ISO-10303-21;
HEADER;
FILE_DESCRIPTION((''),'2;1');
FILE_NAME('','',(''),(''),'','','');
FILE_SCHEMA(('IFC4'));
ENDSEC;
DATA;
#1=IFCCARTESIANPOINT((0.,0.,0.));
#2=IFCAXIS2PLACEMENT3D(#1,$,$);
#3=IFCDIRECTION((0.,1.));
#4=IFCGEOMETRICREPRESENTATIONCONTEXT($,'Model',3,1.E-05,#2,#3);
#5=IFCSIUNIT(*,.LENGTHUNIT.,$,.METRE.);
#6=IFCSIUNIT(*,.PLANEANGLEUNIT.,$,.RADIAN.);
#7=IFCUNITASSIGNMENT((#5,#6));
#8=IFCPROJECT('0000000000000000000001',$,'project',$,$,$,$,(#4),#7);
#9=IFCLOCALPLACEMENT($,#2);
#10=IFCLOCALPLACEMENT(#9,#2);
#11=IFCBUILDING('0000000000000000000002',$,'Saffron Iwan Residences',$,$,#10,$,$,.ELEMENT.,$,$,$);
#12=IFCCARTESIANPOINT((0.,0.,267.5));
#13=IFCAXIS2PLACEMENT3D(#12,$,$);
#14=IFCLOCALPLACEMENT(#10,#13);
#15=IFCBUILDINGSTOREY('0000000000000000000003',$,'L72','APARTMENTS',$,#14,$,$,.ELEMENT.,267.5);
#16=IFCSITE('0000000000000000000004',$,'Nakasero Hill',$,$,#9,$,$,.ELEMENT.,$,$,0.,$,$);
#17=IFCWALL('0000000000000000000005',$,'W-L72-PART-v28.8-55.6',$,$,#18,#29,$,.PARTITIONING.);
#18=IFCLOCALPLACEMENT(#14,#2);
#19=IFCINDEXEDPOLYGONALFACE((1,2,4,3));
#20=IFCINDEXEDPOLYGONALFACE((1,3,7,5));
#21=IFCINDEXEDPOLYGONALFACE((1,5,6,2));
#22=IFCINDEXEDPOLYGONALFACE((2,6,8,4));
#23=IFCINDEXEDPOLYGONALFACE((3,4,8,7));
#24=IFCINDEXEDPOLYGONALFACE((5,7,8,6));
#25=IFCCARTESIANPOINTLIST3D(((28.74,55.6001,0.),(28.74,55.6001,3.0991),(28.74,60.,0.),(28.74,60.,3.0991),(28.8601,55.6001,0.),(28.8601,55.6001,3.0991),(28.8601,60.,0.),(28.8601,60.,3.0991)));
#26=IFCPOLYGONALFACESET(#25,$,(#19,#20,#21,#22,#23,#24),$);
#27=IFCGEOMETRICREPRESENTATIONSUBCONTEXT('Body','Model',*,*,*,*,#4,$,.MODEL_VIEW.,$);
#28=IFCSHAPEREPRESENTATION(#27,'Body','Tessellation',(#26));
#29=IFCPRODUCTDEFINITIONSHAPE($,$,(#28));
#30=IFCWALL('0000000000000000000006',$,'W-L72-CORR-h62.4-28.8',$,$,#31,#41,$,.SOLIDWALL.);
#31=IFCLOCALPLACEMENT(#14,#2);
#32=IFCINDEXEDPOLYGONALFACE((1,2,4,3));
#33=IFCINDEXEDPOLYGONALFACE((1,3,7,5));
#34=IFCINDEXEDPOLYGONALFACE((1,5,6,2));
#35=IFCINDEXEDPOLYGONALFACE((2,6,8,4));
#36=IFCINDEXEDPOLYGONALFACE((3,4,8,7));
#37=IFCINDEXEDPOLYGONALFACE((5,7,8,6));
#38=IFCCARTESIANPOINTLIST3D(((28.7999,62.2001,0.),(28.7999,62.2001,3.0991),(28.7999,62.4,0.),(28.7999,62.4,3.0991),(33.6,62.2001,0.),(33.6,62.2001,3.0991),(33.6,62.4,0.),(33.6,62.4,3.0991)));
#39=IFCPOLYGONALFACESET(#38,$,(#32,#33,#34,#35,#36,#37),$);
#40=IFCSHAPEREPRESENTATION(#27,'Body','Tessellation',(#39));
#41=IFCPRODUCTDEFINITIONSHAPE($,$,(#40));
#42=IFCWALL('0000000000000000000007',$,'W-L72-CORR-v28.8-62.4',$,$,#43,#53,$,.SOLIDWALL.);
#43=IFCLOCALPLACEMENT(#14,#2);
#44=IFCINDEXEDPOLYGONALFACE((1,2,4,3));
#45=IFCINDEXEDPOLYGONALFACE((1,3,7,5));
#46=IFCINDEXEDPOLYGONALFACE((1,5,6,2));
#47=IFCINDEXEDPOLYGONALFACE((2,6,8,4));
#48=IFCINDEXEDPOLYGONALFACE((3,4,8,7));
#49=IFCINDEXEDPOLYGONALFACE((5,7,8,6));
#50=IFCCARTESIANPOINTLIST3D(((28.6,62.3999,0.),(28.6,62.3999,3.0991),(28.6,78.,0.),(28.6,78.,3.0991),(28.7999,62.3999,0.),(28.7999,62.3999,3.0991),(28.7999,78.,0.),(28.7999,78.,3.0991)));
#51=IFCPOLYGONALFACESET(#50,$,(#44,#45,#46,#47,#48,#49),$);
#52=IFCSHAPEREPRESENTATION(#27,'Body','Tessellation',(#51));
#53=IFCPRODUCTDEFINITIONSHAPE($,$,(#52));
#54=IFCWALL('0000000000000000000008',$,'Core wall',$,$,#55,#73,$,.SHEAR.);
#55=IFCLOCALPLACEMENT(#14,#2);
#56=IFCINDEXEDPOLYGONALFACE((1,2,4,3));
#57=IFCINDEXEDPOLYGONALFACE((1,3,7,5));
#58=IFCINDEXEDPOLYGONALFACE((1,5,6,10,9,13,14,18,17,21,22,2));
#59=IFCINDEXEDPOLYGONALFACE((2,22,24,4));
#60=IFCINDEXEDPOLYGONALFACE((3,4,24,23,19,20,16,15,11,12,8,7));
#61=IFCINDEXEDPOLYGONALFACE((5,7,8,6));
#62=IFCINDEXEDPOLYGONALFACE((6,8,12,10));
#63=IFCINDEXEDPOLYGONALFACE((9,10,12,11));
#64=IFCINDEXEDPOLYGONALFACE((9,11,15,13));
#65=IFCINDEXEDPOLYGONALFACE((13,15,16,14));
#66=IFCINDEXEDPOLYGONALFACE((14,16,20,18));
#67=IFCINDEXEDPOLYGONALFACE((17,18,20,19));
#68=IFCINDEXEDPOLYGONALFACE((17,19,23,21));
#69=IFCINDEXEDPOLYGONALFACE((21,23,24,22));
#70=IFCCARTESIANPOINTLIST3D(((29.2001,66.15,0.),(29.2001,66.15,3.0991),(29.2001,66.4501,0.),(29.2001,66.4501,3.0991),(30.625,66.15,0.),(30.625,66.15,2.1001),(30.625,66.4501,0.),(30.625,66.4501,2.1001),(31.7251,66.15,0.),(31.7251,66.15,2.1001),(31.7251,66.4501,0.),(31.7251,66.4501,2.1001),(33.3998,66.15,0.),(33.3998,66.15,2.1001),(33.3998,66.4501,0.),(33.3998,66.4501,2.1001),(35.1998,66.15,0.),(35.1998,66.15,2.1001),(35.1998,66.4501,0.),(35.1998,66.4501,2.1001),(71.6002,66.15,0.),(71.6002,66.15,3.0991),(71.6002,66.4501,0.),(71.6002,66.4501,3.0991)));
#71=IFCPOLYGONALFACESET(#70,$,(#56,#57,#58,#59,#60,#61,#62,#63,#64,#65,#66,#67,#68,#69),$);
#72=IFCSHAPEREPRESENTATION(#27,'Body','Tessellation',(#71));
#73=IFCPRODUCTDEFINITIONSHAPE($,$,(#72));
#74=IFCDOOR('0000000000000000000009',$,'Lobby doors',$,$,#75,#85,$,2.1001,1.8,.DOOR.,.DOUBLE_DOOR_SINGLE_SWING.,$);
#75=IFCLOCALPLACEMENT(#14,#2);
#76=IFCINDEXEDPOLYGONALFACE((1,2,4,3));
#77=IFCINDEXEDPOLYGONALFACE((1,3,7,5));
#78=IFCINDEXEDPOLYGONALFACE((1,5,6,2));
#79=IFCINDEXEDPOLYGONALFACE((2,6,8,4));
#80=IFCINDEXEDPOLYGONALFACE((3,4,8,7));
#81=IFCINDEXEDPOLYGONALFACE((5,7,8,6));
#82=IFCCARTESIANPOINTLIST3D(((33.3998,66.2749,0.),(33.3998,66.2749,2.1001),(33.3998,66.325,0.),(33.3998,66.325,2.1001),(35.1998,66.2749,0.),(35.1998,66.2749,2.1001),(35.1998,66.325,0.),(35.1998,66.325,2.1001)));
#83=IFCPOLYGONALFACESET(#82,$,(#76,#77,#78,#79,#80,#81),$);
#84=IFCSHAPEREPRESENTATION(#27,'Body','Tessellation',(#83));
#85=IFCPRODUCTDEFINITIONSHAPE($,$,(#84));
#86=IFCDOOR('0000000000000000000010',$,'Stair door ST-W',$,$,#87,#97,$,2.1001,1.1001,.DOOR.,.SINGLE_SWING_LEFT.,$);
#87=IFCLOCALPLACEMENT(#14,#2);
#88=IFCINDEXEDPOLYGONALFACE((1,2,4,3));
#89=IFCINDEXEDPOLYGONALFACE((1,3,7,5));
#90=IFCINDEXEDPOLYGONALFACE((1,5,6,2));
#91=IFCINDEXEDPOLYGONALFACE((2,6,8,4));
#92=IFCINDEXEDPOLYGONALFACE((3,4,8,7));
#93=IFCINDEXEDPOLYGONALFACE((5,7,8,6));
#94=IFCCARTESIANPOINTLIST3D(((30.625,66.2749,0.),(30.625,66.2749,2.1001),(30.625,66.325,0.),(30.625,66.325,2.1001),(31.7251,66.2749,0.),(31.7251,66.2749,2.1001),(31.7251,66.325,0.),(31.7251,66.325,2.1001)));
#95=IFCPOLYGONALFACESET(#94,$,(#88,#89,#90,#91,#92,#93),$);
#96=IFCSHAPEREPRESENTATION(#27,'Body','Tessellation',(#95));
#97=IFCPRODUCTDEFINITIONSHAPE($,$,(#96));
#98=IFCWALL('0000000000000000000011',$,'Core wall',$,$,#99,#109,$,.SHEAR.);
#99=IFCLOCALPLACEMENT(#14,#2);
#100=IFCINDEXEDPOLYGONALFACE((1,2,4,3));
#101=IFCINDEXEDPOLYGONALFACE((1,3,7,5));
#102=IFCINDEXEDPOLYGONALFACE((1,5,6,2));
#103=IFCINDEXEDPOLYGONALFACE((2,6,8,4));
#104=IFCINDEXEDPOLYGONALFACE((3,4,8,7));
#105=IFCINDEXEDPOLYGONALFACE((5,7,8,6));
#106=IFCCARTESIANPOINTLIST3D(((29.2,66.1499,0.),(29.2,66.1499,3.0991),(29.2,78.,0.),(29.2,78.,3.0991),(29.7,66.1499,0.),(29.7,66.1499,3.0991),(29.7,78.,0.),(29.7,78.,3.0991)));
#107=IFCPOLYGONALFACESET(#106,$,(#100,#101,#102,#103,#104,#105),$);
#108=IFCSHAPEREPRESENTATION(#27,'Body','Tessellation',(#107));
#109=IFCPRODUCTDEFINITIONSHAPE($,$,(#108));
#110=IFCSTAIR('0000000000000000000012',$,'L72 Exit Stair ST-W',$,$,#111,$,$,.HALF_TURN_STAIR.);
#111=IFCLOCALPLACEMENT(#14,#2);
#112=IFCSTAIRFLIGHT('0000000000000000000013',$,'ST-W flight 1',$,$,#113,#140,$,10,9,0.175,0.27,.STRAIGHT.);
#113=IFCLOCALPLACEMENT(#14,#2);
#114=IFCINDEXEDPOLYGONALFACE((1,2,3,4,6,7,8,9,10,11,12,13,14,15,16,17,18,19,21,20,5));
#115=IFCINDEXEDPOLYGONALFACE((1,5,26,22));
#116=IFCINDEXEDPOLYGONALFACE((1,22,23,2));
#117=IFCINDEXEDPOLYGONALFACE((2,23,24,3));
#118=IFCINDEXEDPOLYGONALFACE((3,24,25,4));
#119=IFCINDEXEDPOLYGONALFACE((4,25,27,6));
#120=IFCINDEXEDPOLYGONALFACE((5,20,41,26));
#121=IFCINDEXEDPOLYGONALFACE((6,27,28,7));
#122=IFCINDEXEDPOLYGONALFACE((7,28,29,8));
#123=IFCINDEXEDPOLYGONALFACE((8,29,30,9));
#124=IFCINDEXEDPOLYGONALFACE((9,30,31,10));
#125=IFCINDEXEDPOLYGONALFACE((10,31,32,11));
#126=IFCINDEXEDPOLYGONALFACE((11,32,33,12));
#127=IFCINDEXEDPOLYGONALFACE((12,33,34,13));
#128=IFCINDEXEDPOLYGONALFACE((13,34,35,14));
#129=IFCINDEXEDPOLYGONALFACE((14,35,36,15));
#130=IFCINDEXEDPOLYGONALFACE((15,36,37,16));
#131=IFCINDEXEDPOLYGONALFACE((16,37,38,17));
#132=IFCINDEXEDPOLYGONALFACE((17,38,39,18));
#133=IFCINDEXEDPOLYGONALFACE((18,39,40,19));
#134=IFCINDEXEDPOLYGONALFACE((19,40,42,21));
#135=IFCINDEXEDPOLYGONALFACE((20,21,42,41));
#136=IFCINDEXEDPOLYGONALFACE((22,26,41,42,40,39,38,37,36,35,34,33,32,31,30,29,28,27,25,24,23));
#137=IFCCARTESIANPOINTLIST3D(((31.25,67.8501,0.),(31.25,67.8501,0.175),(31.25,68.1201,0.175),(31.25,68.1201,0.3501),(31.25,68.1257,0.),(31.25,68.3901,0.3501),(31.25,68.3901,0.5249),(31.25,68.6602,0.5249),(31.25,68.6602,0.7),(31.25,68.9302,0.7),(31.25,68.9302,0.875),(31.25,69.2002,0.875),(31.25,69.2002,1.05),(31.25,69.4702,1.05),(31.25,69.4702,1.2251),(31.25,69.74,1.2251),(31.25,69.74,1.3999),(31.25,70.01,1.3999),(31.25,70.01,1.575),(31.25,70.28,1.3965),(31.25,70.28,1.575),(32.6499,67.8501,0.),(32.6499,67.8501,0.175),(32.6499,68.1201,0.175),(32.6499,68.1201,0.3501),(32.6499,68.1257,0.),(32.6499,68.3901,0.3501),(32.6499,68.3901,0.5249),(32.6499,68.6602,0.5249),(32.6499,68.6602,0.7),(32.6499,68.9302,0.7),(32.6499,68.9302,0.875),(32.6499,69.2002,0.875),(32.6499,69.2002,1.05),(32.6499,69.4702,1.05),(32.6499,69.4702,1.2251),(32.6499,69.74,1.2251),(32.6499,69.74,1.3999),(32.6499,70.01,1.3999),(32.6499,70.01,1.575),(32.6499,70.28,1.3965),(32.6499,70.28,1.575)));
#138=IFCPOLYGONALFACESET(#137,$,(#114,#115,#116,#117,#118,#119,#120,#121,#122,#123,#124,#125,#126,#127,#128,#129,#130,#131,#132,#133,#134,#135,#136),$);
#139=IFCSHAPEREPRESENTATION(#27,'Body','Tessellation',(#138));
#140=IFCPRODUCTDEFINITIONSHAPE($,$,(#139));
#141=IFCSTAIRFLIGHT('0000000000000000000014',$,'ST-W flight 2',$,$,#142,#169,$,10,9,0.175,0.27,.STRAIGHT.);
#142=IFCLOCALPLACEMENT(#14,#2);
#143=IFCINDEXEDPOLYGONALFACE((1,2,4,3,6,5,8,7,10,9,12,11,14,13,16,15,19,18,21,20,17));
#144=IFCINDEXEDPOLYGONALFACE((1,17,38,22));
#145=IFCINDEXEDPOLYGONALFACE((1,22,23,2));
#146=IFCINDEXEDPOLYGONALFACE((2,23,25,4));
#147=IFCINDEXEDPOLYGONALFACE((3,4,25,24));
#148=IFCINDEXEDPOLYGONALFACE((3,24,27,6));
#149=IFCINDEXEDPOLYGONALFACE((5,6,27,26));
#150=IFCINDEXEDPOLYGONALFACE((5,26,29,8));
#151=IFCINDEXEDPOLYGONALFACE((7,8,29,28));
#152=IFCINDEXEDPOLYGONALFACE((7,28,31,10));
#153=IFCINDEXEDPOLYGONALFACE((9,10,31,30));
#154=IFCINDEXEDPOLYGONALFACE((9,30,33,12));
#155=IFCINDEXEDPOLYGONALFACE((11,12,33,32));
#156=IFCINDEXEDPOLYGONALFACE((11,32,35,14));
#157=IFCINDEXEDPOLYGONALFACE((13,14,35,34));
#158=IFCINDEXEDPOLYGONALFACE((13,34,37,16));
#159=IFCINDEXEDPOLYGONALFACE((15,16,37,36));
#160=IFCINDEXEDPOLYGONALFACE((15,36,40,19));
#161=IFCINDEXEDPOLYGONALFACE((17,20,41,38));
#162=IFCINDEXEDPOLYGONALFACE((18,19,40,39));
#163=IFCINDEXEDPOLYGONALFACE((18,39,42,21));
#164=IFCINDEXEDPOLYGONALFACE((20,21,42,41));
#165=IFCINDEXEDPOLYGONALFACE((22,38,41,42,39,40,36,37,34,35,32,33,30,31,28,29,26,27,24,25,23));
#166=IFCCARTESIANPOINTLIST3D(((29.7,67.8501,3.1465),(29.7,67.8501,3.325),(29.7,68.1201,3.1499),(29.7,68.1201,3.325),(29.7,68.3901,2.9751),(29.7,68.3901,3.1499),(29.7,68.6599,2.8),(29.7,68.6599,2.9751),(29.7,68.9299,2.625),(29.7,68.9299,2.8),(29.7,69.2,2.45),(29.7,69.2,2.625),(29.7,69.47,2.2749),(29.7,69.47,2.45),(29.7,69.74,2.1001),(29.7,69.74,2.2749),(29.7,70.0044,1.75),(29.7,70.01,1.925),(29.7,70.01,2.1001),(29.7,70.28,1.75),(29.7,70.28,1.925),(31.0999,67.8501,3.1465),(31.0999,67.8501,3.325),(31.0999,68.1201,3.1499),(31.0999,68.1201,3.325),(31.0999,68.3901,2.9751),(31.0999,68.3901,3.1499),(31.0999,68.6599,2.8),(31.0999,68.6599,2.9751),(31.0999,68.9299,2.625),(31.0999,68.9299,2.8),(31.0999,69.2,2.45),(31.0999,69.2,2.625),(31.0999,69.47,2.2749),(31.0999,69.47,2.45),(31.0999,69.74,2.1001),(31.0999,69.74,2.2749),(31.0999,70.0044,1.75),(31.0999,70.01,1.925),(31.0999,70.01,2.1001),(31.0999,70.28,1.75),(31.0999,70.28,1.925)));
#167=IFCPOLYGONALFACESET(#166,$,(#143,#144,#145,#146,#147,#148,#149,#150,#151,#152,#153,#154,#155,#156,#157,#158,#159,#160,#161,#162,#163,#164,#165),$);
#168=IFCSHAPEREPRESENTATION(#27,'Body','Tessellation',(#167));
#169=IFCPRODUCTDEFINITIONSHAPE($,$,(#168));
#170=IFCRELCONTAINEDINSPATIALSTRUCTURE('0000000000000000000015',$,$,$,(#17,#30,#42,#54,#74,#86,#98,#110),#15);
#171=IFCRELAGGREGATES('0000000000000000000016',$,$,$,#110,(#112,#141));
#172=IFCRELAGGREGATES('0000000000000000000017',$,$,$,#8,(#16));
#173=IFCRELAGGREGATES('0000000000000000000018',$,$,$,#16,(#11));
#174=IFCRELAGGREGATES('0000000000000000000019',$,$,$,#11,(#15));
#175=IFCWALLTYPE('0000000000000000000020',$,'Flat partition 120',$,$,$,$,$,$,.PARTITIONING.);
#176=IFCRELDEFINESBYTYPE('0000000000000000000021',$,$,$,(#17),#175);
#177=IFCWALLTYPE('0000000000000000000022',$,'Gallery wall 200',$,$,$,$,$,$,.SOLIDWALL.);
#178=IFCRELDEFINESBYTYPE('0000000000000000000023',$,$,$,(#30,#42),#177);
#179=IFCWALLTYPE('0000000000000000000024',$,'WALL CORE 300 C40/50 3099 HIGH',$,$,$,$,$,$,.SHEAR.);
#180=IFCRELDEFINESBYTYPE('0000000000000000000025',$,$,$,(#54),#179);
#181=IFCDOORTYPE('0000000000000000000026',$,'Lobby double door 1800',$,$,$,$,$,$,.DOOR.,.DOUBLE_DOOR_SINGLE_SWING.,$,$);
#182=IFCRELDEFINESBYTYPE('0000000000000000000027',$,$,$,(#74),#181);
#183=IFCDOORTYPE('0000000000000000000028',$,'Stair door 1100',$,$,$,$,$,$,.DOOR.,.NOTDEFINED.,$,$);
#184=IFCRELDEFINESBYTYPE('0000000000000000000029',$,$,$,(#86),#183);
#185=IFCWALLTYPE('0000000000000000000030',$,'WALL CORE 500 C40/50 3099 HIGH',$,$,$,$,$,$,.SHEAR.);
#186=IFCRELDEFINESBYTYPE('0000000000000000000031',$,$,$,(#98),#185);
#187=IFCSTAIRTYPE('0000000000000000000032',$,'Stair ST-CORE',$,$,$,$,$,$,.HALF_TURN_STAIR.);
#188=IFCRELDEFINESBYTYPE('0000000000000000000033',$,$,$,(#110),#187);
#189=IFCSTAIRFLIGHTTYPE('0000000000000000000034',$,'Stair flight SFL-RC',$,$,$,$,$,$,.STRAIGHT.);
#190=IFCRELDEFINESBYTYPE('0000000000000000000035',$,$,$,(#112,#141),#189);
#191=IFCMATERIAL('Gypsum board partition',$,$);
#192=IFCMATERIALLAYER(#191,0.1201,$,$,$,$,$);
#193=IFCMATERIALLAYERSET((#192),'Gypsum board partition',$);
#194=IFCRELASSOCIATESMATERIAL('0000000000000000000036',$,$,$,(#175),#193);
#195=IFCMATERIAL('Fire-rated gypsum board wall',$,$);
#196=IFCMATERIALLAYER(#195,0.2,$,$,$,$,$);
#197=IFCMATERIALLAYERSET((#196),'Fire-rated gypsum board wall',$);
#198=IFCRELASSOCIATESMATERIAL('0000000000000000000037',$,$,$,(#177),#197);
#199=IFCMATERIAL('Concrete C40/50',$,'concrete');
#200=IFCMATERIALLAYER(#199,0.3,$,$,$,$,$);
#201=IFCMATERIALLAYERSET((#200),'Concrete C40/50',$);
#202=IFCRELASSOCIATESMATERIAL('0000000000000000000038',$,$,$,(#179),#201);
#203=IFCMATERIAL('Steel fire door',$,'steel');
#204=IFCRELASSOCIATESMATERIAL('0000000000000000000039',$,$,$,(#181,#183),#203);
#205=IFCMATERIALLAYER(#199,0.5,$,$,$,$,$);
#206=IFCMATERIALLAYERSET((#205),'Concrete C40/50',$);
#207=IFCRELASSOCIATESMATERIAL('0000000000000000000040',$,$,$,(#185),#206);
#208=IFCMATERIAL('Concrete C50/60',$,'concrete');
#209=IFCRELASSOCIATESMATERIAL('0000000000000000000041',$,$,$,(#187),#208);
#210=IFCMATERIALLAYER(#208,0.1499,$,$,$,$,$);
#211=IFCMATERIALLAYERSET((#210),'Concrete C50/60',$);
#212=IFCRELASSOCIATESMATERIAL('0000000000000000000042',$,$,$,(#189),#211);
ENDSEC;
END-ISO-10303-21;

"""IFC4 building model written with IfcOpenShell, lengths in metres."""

from ifc_helpers import new_model, si_unit, direction, frame, frame_2d, origin, place, context, subcontext, project, spatial, polyline, rectangle, outline, extrude, material, layer, layer_set, type_object, element, fill, aggregate, save


model = new_model("IFC4")

# Units and contexts
model_context = context("Model", 3, precision=1e-05, world=origin(), true_north=direction((0.0, 1.0)))
body_context = subcontext(model_context, "Body", "Model", "MODEL_VIEW")
ifc_project = project(units=[si_unit("LENGTHUNIT", "METRE"), si_unit("PLANEANGLEUNIT", "RADIAN")], contexts=[model_context])

# Site, building, storey
site_placement = place(None, origin())
site = spatial("IfcSite", under=ifc_project, at=site_placement, Name="Nakasero Hill", CompositionType="ELEMENT", RefElevation=0.0)
building_placement = place(site_placement, origin())
building = spatial("IfcBuilding", under=site, at=building_placement, Name="Saffron Iwan Residences", CompositionType="ELEMENT")
storey_placement = place(building_placement, frame((0.0, 0.0, 267.5)))
storey = spatial("IfcBuildingStorey", under=building, at=storey_placement, Name="L72", Description="APARTMENTS", CompositionType="ELEMENT", Elevation=267.5)

# Walls
ifc_material_1 = material(Name="Gypsum board partition")
ifc_layer_1 = layer(ifc_material_1, 0.1201)
ifc_layer_set_1 = layer_set([ifc_layer_1], Name="Gypsum board partition")
wall_type_1 = type_object("IfcWallType", Name="Flat partition 120", PredefinedType="PARTITIONING", material=ifc_layer_set_1)
wall_1_placement = place(storey_placement, frame((28.8, 55.6001, 0.0), z_axis=(0.0, 0.0, 1.0), x_axis=(0.0, 1.0, 0.0)))
element("IfcWall", 1, at=wall_1_placement, inside=storey, type_object=wall_type_1, Name="W-L72-PART-v28.8-55.6", PredefinedType="PARTITIONING", context=body_context, shape_type="SweptSolid", body=[
    extrude(rectangle(XDim=4.3999, YDim=0.1201, at=frame_2d((2.2, 0.0))), origin(), (0.0, 0.0, 1.0), 3.0991),
])
ifc_material_2 = material(Name="Fire-rated gypsum board wall")
ifc_layer_2 = layer(ifc_material_2, 0.2)
ifc_layer_set_2 = layer_set([ifc_layer_2], Name="Fire-rated gypsum board wall")
wall_type_2 = type_object("IfcWallType", Name="Gallery wall 200", PredefinedType="SOLIDWALL", material=ifc_layer_set_2)
wall_2_placement = place(storey_placement, frame((28.8, 62.3, 0.0), z_axis=(0.0, 0.0, 1.0), x_axis=(1.0, 0.0, 0.0)))
element("IfcWall", 2, at=wall_2_placement, inside=storey, type_object=wall_type_2, Name="W-L72-CORR-h62.4-28.8", PredefinedType="SOLIDWALL", context=body_context, shape_type="SweptSolid", body=[
    extrude(rectangle(XDim=4.8, YDim=0.2, at=frame_2d((2.3999, 0.0))), origin(), (0.0, 0.0, 1.0), 3.0991),
])
wall_3_placement = place(storey_placement, frame((28.7, 62.3999, 0.0), z_axis=(0.0, 0.0, 1.0), x_axis=(0.0, 1.0, 0.0)))
element("IfcWall", 3, at=wall_3_placement, inside=storey, type_object=wall_type_2, Name="W-L72-CORR-v28.8-62.4", PredefinedType="SOLIDWALL", context=body_context, shape_type="SweptSolid", body=[
    extrude(rectangle(XDim=15.6001, YDim=0.2, at=frame_2d((7.8, 0.0))), origin(), (0.0, 0.0, 1.0), 3.0991),
])

# Wall, openings, doors
ifc_material_3 = material(Name="Concrete C40/50", Category="concrete")
ifc_layer_3 = layer(ifc_material_3, 0.3)
ifc_layer_set_3 = layer_set([ifc_layer_3], Name="Concrete C40/50")
wall_type_3 = type_object("IfcWallType", Name="WALL CORE 300 C40/50 3099 HIGH", PredefinedType="SHEAR", material=ifc_layer_set_3)
wall_4_placement = place(storey_placement, frame((29.2, 66.3, 0.0), z_axis=(0.0, 0.0, 1.0), x_axis=(1.0, 0.0, 0.0)))
wall_4 = element("IfcWall", 4, at=wall_4_placement, inside=storey, type_object=wall_type_3, Name="Core wall", PredefinedType="SHEAR", context=body_context, shape_type="SweptSolid", body=[
    extrude(rectangle(XDim=42.4001, YDim=0.3, at=frame_2d((21.2002, 0.0))), origin(), (0.0, 0.0, 1.0), 3.0991),
])
opening_1_placement = place(wall_4_placement, frame((1.425, 0.0, 0.0)))
opening_1 = element("IfcOpeningElement", 5, at=opening_1_placement, cuts=wall_4, PredefinedType="OPENING", context=body_context, shape_type="SweptSolid", body=[
    extrude(rectangle(XDim=1.1001, YDim=2.1001, at=frame_2d((0.55, 1.05))), frame((0.0, 0.1602, 0.0), z_axis=(0.0, -1.0, 0.0), x_axis=(1.0, 0.0, 0.0)), (0.0, 0.0, 1.0), 0.3201),
])
opening_2_placement = place(wall_4_placement, frame((4.2, 0.0, 0.0)))
opening_2 = element("IfcOpeningElement", 6, at=opening_2_placement, cuts=wall_4, PredefinedType="OPENING", context=body_context, shape_type="SweptSolid", body=[
    extrude(rectangle(XDim=1.8, YDim=2.1001, at=frame_2d((0.8999, 1.05))), frame((0.0, 0.1602, 0.0), z_axis=(0.0, -1.0, 0.0), x_axis=(1.0, 0.0, 0.0)), (0.0, 0.0, 1.0), 0.3201),
])
ifc_material_4 = material(Name="Steel fire door", Category="steel")
door_type_1 = type_object("IfcDoorType", Name="Lobby double door 1800", OperationType="DOUBLE_DOOR_SINGLE_SWING", PredefinedType="DOOR", material=ifc_material_4)
door_1_placement = place(opening_2_placement, origin())
door_1 = element("IfcDoor", 7, at=door_1_placement, inside=storey, type_object=door_type_1, Name="Lobby doors", OperationType="DOUBLE_DOOR_SINGLE_SWING", OverallHeight=2.1001, OverallWidth=1.8, PredefinedType="DOOR", context=body_context, shape_type="SweptSolid", body=[
    extrude(rectangle(XDim=1.8, YDim=2.1001, at=frame_2d((0.8999, 1.05))), frame((0.0, 0.0249, 0.0), z_axis=(0.0, -1.0, 0.0), x_axis=(1.0, 0.0, 0.0)), (0.0, 0.0, 1.0), 0.05),
])
fill(opening_2, door_1)
door_type_2 = type_object("IfcDoorType", Name="Stair door 1100", OperationType="NOTDEFINED", PredefinedType="DOOR", material=ifc_material_4)
door_2_placement = place(opening_1_placement, origin())
door_2 = element("IfcDoor", 8, at=door_2_placement, inside=storey, type_object=door_type_2, Name="Stair door ST-W", OperationType="SINGLE_SWING_LEFT", OverallHeight=2.1001, OverallWidth=1.1001, PredefinedType="DOOR", context=body_context, shape_type="SweptSolid", body=[
    extrude(rectangle(XDim=1.1001, YDim=2.1001, at=frame_2d((0.55, 1.05))), frame((0.0, 0.0249, 0.0), z_axis=(0.0, -1.0, 0.0), x_axis=(1.0, 0.0, 0.0)), (0.0, 0.0, 1.0), 0.05),
])
fill(opening_1, door_2)

# Wall
ifc_layer_4 = layer(ifc_material_3, 0.5)
ifc_layer_set_4 = layer_set([ifc_layer_4], Name="Concrete C40/50")
wall_type_4 = type_object("IfcWallType", Name="WALL CORE 500 C40/50 3099 HIGH", PredefinedType="SHEAR", material=ifc_layer_set_4)
wall_5_placement = place(storey_placement, frame((29.45, 66.1499, 0.0), z_axis=(0.0, 0.0, 1.0), x_axis=(0.0, 1.0, 0.0)))
element("IfcWall", 9, at=wall_5_placement, inside=storey, type_object=wall_type_4, Name="Core wall", PredefinedType="SHEAR", context=body_context, shape_type="SweptSolid", body=[
    extrude(rectangle(XDim=11.8501, YDim=0.5, at=frame_2d((5.925, 0.0))), origin(), (0.0, 0.0, 1.0), 3.0991),
])

# Stair, stair flights
ifc_material_5 = material(Name="Concrete C50/60", Category="concrete")
stair_type = type_object("IfcStairType", Name="Stair ST-CORE", PredefinedType="HALF_TURN_STAIR", material=ifc_material_5)
stair_placement = place(storey_placement, origin())
stair = element("IfcStair", 10, at=stair_placement, inside=storey, type_object=stair_type, Name="L72 Exit Stair ST-W", PredefinedType="HALF_TURN_STAIR")
ifc_layer_5 = layer(ifc_material_5, 0.1499)
ifc_layer_set_5 = layer_set([ifc_layer_5], Name="Concrete C50/60")
stair_flight_type = type_object("IfcStairFlightType", Name="Stair flight SFL-RC", PredefinedType="STRAIGHT", material=ifc_layer_set_5)
stair_flight_1_placement = place(storey_placement, frame((31.95, 67.8501, 0.0), z_axis=(0.0, 0.0, 1.0), x_axis=(0.0, 1.0, 0.0)))
stair_flight_1 = element("IfcStairFlight", 11, at=stair_flight_1_placement, type_object=stair_flight_type, Name="ST-W flight 1", NumberOfRisers=10, NumberOfTreads=9, PredefinedType="STRAIGHT", RiserHeight=0.175, TreadLength=0.27, context=body_context, shape_type="SweptSolid", body=[
    extrude(outline(polyline([(0.0, 0.0), (0.0, 0.175), (0.27, 0.175), (0.27, 0.3501), (0.54, 0.3501), (0.54, 0.5249), (0.8101, 0.5249), (0.8101, 0.7), (1.0801, 0.7), (1.0801, 0.875), (1.3501, 0.875), (1.3501, 1.05), (1.6201, 1.05), (1.6201, 1.2251), (1.8899, 1.2251), (1.8899, 1.3999), (2.1599, 1.3999), (2.1599, 1.575), (2.4299, 1.575), (2.4299, 1.75), (2.4299, 1.3965), (0.2756, 0.0), (0.0, 0.0)])), frame((0.0, 0.7, 0.0), z_axis=(0.0, -1.0, 0.0), x_axis=(1.0, 0.0, 0.0)), (0.0, 0.0, 1.0), 1.3999),
])
stair_flight_2_placement = place(storey_placement, frame((30.3999, 70.28, 1.75), z_axis=(0.0, 0.0, 1.0), x_axis=(0.0, -1.0, 0.0)))
stair_flight_2 = element("IfcStairFlight", 12, at=stair_flight_2_placement, type_object=stair_flight_type, Name="ST-W flight 2", NumberOfRisers=10, NumberOfTreads=9, PredefinedType="STRAIGHT", RiserHeight=0.175, TreadLength=0.27, context=body_context, shape_type="SweptSolid", body=[
    extrude(outline(polyline([(0.0, 0.0), (0.0, 0.175), (0.27, 0.175), (0.27, 0.3501), (0.54, 0.3501), (0.54, 0.5249), (0.8101, 0.5249), (0.8101, 0.7), (1.0801, 0.7), (1.0801, 0.875), (1.3501, 0.875), (1.3501, 1.05), (1.6201, 1.05), (1.6201, 1.2251), (1.8899, 1.2251), (1.8899, 1.3999), (2.1599, 1.3999), (2.1599, 1.575), (2.4299, 1.575), (2.4299, 1.75), (2.4299, 1.3965), (0.2756, 0.0), (0.0, 0.0)])), frame((0.0, 0.7, 0.0), z_axis=(0.0, -1.0, 0.0), x_axis=(1.0, 0.0, 0.0)), (0.0, 0.0, 1.0), 1.3999),
])
aggregate(stair, [stair_flight_1, stair_flight_2])

save(model, "model.ifc")
